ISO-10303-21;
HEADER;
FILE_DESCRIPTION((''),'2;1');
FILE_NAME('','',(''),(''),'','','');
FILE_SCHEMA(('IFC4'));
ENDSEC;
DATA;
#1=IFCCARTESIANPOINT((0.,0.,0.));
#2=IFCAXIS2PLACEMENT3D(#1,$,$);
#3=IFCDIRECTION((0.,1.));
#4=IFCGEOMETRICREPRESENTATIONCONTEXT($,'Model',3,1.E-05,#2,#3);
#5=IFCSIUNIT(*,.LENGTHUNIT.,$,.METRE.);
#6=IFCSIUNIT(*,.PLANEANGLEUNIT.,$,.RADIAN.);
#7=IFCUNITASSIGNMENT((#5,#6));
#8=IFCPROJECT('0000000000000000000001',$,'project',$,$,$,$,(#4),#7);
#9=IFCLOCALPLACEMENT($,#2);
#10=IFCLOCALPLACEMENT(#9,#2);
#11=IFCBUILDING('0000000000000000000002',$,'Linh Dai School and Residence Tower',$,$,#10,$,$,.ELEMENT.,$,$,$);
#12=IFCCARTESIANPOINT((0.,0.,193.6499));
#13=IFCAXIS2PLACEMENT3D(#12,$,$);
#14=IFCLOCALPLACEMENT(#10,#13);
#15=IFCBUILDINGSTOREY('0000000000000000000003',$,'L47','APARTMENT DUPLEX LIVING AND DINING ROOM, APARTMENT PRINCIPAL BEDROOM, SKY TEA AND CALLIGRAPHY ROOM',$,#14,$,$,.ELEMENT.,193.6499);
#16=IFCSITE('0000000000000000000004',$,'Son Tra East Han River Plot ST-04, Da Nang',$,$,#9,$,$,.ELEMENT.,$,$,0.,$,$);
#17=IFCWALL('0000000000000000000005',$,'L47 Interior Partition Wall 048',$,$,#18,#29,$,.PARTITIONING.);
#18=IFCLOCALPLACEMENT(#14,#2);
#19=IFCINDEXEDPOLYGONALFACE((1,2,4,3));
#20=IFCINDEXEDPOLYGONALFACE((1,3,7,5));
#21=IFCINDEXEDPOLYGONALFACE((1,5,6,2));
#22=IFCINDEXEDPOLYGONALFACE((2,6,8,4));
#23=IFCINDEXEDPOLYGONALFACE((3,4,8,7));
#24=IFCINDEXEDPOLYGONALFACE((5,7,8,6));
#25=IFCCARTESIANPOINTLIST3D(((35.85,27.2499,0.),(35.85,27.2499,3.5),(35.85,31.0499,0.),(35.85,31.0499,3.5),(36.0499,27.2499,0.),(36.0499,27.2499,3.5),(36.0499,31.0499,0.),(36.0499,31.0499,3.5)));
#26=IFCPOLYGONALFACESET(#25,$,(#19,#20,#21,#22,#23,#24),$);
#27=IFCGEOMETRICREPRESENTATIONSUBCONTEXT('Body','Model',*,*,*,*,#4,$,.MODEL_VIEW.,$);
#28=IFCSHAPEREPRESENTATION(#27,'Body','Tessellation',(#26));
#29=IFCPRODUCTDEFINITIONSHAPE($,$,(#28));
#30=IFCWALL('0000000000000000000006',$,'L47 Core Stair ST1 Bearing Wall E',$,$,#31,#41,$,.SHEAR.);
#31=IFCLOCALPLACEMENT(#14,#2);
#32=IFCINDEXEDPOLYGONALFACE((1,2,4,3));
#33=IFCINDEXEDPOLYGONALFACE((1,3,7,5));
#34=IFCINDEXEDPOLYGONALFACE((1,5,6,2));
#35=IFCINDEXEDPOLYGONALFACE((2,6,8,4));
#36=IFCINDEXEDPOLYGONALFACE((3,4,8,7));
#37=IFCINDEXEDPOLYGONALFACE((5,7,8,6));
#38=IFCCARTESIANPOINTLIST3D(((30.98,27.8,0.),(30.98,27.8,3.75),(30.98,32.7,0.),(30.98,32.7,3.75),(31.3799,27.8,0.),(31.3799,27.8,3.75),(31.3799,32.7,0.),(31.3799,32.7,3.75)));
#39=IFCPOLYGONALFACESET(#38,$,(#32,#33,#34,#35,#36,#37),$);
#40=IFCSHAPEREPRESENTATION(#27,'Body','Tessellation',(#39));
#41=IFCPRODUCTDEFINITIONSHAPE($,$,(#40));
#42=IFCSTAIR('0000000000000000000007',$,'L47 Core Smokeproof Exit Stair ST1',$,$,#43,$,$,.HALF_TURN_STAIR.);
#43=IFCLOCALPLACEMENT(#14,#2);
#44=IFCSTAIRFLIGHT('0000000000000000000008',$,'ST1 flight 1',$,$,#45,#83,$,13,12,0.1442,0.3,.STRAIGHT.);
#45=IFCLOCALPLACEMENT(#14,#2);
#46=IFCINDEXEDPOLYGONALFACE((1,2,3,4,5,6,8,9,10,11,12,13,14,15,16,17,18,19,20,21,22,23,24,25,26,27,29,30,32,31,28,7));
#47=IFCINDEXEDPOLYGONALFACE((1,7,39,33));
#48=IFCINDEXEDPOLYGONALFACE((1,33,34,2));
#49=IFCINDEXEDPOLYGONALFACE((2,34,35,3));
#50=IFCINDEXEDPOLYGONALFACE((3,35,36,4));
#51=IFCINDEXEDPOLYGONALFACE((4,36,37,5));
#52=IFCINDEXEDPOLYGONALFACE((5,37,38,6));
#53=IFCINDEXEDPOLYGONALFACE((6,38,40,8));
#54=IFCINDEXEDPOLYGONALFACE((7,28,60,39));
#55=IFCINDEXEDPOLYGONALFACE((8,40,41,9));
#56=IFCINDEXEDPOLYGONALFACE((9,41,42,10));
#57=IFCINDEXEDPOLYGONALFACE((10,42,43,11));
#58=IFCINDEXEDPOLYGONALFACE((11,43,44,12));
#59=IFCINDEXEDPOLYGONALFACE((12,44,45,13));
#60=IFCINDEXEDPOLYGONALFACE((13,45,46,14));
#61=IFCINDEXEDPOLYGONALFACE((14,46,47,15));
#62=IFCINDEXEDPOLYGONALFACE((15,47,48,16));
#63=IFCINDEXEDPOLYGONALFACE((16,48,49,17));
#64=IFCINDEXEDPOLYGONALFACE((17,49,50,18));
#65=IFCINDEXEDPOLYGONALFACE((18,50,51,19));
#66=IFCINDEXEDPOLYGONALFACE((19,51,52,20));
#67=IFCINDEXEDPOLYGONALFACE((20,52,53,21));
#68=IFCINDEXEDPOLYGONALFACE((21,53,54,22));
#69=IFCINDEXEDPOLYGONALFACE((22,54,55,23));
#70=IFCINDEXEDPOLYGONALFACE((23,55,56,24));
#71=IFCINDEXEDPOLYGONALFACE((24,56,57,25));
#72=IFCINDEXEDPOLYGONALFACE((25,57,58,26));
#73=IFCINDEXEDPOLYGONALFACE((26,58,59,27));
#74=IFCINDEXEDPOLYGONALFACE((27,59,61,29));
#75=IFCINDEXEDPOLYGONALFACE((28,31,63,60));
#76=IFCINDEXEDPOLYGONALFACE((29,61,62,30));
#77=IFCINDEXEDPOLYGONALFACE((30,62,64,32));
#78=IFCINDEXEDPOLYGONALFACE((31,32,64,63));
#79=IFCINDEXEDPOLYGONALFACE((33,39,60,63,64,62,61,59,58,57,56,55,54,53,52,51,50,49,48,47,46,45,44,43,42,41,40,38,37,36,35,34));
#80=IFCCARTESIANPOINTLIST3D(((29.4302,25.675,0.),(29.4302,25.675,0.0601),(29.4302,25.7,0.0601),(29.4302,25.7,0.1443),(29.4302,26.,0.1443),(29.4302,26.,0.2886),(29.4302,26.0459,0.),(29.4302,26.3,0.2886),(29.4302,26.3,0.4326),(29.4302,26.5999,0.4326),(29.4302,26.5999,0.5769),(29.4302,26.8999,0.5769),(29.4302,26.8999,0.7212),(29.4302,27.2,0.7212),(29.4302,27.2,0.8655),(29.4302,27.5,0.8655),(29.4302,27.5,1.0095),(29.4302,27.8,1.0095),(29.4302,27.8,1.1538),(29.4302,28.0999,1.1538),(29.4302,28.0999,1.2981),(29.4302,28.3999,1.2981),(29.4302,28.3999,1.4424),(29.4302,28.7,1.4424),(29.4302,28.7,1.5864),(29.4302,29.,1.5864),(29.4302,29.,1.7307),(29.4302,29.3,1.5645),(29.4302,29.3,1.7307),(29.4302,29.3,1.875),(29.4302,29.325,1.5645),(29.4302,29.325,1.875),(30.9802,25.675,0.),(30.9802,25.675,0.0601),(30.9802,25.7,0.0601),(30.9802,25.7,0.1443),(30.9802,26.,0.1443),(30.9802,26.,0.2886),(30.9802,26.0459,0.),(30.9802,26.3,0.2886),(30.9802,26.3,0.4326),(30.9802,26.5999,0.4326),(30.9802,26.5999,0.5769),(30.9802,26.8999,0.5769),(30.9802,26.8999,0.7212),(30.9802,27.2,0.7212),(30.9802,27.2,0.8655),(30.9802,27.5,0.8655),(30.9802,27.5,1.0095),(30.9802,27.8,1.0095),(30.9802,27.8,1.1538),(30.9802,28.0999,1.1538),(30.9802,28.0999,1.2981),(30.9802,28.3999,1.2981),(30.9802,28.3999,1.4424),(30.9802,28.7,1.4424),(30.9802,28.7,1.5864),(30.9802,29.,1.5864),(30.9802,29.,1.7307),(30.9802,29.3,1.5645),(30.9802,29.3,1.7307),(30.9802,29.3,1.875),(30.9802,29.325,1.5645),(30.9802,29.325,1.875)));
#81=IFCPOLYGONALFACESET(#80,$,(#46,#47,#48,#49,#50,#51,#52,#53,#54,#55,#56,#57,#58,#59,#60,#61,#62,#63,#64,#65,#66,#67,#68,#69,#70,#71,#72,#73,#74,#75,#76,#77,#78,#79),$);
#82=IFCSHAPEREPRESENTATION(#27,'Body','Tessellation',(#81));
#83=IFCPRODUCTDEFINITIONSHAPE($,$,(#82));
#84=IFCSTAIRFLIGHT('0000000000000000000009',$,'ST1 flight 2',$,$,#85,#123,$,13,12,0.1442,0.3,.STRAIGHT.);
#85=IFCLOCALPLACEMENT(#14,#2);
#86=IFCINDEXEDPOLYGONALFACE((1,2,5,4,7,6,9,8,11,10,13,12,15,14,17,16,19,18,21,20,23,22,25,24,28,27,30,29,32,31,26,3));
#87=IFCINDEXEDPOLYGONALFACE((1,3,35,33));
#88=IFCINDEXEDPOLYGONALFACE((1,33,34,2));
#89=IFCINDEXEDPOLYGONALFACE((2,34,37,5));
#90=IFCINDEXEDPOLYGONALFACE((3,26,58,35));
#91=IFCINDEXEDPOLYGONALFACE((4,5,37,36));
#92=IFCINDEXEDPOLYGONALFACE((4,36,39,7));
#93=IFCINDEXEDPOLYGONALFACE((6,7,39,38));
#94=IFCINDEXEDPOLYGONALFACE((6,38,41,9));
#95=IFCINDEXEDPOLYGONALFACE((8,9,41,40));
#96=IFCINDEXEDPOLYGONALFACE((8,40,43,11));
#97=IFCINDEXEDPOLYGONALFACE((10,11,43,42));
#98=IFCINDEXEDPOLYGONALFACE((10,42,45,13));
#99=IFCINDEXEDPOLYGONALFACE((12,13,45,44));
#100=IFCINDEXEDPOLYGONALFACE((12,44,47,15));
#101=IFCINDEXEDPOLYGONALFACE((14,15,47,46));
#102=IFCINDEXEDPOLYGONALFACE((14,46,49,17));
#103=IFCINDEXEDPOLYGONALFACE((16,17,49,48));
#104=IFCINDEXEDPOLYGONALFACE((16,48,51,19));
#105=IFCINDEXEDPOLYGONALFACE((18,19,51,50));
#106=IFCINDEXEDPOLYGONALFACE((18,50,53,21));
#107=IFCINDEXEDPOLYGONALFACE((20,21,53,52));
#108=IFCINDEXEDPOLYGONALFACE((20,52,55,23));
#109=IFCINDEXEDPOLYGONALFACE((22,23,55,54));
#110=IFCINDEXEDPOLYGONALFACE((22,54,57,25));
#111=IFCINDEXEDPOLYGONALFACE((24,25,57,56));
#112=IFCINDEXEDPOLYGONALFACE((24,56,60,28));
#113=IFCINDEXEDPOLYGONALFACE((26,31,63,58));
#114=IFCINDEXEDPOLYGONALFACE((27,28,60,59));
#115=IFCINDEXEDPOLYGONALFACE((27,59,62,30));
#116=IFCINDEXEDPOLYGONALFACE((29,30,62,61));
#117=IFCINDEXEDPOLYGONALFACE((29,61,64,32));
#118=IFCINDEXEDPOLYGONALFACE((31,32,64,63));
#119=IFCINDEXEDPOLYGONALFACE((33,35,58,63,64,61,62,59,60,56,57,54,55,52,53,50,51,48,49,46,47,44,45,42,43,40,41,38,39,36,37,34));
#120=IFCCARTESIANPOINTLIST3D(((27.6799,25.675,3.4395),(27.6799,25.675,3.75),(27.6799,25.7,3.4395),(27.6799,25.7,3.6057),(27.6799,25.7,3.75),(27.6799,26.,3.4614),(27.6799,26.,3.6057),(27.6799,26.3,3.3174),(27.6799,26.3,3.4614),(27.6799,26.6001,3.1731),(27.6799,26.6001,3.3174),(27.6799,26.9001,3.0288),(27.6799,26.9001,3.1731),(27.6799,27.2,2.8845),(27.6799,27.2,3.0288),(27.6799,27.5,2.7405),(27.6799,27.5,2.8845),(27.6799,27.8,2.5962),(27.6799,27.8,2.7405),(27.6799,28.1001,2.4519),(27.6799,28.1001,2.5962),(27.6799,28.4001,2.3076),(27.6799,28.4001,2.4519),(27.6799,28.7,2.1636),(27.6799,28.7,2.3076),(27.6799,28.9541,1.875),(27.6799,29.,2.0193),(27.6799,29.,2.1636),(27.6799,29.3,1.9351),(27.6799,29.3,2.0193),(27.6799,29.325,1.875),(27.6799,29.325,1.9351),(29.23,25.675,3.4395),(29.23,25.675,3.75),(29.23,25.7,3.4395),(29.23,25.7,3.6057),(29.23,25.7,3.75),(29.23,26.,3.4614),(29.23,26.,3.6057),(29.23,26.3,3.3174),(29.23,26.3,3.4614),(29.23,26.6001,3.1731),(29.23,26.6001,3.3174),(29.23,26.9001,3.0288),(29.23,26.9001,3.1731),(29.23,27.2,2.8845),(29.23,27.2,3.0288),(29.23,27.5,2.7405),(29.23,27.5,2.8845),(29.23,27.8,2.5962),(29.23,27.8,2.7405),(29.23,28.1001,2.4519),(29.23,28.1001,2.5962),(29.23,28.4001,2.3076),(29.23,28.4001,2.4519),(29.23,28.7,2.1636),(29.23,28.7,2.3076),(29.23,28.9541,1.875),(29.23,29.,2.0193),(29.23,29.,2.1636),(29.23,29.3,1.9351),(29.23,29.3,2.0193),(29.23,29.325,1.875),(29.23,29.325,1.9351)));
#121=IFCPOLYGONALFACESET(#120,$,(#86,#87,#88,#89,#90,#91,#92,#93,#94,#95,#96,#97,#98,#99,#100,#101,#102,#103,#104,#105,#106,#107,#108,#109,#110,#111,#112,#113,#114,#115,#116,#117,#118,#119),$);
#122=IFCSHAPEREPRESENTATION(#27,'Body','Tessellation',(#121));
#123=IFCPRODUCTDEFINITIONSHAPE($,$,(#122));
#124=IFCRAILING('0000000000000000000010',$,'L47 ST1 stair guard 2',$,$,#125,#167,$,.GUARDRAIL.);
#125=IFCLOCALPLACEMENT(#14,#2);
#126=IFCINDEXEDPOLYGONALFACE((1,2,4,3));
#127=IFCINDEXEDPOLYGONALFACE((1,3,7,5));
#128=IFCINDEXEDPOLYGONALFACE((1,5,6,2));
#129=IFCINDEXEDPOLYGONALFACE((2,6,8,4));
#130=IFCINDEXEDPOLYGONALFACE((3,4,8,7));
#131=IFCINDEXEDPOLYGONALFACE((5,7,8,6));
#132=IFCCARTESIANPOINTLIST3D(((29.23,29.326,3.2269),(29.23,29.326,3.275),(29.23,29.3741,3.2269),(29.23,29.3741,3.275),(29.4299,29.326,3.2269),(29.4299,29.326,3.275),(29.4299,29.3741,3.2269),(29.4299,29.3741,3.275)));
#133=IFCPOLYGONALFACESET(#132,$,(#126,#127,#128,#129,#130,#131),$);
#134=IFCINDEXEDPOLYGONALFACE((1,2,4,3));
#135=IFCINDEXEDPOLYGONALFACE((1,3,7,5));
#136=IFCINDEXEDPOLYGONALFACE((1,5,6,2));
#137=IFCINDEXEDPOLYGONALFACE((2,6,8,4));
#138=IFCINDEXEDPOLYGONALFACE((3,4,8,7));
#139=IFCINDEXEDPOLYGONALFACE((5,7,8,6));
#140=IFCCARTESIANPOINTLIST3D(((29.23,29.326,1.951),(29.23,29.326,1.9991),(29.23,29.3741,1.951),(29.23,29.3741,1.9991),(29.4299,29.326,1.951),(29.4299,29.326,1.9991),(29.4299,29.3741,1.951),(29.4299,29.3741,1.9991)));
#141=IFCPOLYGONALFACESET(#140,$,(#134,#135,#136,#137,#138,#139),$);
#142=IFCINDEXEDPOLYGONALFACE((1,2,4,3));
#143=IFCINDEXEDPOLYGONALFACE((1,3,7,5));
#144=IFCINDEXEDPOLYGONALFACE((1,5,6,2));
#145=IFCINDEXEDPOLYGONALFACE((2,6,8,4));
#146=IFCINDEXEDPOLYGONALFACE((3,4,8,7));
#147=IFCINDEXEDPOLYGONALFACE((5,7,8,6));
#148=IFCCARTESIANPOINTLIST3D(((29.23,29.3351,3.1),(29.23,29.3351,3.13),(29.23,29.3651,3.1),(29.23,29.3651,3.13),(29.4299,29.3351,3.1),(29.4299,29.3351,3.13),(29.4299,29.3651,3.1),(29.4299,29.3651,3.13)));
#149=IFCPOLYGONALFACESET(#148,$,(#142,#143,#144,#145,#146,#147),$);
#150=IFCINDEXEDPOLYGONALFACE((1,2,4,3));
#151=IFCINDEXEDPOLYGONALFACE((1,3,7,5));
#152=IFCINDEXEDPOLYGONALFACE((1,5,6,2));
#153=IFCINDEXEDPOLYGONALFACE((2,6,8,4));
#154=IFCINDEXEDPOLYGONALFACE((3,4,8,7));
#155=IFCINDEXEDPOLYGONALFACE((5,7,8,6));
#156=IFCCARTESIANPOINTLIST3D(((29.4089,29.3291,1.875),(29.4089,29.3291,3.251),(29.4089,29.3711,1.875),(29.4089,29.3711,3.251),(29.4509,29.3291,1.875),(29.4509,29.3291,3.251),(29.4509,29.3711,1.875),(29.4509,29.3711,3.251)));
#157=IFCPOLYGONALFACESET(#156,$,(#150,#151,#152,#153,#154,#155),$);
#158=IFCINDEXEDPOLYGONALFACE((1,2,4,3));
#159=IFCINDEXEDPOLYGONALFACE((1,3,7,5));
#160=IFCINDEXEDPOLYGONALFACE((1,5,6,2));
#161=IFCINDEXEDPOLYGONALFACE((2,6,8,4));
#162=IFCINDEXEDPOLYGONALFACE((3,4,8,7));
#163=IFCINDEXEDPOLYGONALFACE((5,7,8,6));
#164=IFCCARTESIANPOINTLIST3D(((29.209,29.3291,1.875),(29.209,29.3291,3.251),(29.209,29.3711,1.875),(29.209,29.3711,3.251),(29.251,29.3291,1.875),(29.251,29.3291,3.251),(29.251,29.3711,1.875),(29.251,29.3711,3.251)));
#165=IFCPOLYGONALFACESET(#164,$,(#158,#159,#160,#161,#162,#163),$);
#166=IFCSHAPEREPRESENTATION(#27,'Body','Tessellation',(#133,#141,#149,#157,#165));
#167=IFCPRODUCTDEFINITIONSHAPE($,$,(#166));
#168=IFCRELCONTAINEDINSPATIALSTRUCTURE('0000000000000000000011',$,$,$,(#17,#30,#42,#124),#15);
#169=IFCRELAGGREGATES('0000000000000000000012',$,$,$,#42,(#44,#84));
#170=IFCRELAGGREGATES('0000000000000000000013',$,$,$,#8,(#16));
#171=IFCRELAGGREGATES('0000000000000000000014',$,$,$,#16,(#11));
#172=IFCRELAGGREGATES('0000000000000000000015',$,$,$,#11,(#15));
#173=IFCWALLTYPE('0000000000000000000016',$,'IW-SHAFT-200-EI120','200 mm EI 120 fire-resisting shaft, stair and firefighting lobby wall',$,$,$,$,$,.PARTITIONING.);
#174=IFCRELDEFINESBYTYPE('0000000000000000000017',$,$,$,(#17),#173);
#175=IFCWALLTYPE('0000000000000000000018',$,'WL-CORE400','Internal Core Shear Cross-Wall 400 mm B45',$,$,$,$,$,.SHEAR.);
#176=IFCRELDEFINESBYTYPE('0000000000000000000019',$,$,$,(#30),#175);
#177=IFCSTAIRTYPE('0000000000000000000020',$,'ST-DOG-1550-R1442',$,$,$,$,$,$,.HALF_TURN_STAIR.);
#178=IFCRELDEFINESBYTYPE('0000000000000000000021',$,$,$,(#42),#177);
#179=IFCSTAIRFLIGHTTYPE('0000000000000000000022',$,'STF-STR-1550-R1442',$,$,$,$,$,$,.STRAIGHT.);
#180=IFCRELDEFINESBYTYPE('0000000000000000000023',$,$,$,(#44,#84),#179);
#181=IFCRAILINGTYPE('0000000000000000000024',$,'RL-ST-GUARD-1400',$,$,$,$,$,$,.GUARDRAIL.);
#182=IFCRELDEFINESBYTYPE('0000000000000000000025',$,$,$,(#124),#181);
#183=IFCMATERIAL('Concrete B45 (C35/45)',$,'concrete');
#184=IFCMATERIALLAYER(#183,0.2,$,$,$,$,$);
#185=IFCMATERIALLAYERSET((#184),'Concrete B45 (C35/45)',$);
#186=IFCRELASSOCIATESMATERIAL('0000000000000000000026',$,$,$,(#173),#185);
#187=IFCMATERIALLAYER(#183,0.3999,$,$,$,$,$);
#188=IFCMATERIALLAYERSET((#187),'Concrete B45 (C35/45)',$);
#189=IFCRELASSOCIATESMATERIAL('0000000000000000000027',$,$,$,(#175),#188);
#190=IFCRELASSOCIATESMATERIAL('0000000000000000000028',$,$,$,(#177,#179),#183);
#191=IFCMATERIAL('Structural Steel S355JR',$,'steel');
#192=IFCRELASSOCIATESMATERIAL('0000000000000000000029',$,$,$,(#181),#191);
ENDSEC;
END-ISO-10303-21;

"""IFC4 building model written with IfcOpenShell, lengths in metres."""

from ifc_helpers import new_model, si_unit, direction, frame, frame_2d, origin, origin_2d, place, context, subcontext, project, spatial, polyline, rectangle, outline, extrude, source, transform, mapped, material, layer, layer_set, type_object, element, aggregate, save


model = new_model("IFC4")

# Units and contexts
model_context = context("Model", 3, precision=1e-05, world=origin(), true_north=direction((0.0, 1.0)))
body_context = subcontext(model_context, "Body", "Model", "MODEL_VIEW")
ifc_project = project(units=[si_unit("LENGTHUNIT", "METRE"), si_unit("PLANEANGLEUNIT", "RADIAN")], contexts=[model_context])

# Site, building, storey
site_placement = place(None, origin())
site = spatial("IfcSite", under=ifc_project, at=site_placement, Name="Son Tra East Han River Plot ST-04, Da Nang", CompositionType="ELEMENT", RefElevation=0.0)
building_placement = place(site_placement, origin())
building = spatial("IfcBuilding", under=site, at=building_placement, Name="Linh Dai School and Residence Tower", CompositionType="ELEMENT")
storey_placement = place(building_placement, frame((0.0, 0.0, 193.6499)))
storey = spatial("IfcBuildingStorey", under=building, at=storey_placement, Name="L47", Description="APARTMENT DUPLEX LIVING AND DINING ROOM, APARTMENT PRINCIPAL BEDROOM, SKY TEA AND CALLIGRAPHY ROOM", CompositionType="ELEMENT", Elevation=193.6499)

# Shared definitions
ifc_material_1 = material(Name="Structural Steel S355JR", Category="steel")

# Shared definitions
ifc_material_2 = material(Name="Concrete B45 (C35/45)", Category="concrete")
ifc_layer_1 = layer(ifc_material_2, 0.2)
ifc_layer_set_1 = layer_set([ifc_layer_1], Name="Concrete B45 (C35/45)")
wall_type_1 = type_object("IfcWallType", Name="IW-SHAFT-200-EI120", Description="200 mm EI 120 fire-resisting shaft, stair and firefighting lobby wall", PredefinedType="PARTITIONING", material=ifc_layer_set_1)

# Wall
wall_1_placement = place(storey_placement, frame((35.95, 27.25, 0.0), z_axis=(0.0, 0.0, 1.0), x_axis=(0.0, 1.0, 0.0)))
element("IfcWall", 1, at=wall_1_placement, inside=storey, type_object=wall_type_1, Name="L47 Interior Partition Wall 048", PredefinedType="PARTITIONING", context=body_context, shape_type="SweptSolid", body=[
    extrude(rectangle(XDim=3.8, YDim=0.2, at=frame_2d((1.8999, 0.0))), origin(), (0.0, 0.0, 1.0), 3.5),
])

# Wall
ifc_layer_2 = layer(ifc_material_2, 0.3999)
ifc_layer_set_2 = layer_set([ifc_layer_2], Name="Concrete B45 (C35/45)")
wall_type_2 = type_object("IfcWallType", Name="WL-CORE400", Description="Internal Core Shear Cross-Wall 400 mm B45", PredefinedType="SHEAR", material=ifc_layer_set_2)
wall_2_placement = place(storey_placement, frame((31.1799, 27.8, 0.0), z_axis=(0.0, 0.0, 1.0), x_axis=(0.0, 1.0, 0.0)))
element("IfcWall", 2, at=wall_2_placement, inside=storey, type_object=wall_type_2, Name="L47 Core Stair ST1 Bearing Wall E", PredefinedType="SHEAR", context=body_context, shape_type="SweptSolid", body=[
    extrude(rectangle(XDim=4.8999, YDim=0.3999, at=frame_2d((2.45, 0.0))), origin(), (0.0, 0.0, 1.0), 3.75),
])

# Stair, stair flights
stair_type = type_object("IfcStairType", Name="ST-DOG-1550-R1442", PredefinedType="HALF_TURN_STAIR", material=ifc_material_2)
stair_placement = place(storey_placement, origin())
stair = element("IfcStair", 3, at=stair_placement, inside=storey, type_object=stair_type, Name="L47 Core Smokeproof Exit Stair ST1", PredefinedType="HALF_TURN_STAIR")
stair_flight_type = type_object("IfcStairFlightType", Name="STF-STR-1550-R1442", PredefinedType="STRAIGHT", material=ifc_material_2)
shared_shape_1 = source(origin(), body_context, "Body", "SweptSolid", [
    extrude(outline(polyline([(-0.0249, 0.0), (-0.0249, 0.0601), (0.0, 0.0601), (0.0, 0.1443), (0.3, 0.1443), (0.3, 0.2886), (0.6001, 0.2886), (0.6001, 0.4326), (0.8999, 0.4326), (0.8999, 0.5769), (1.2, 0.5769), (1.2, 0.7212), (1.5, 0.7212), (1.5, 0.8655), (1.8, 0.8655), (1.8, 1.0095), (2.1001, 1.0095), (2.1001, 1.1538), (2.3999, 1.1538), (2.3999, 1.2981), (2.7, 1.2981), (2.7, 1.4424), (3.0, 1.4424), (3.0, 1.5864), (3.3, 1.5864), (3.3, 1.7307), (3.6001, 1.7307), (3.6001, 1.875), (3.625, 1.875), (3.625, 1.5645), (3.6001, 1.5645), (0.3459, 0.0), (-0.0249, 0.0)])), frame((0.0, 0.7749, 0.0), z_axis=(0.0, -1.0, 0.0), x_axis=(1.0, 0.0, 0.0)), (0.0, 0.0, 1.0), 1.55),
])
stair_flight_1_placement = place(storey_placement, frame((30.2051, 25.7, 0.0), z_axis=(0.0, 0.0, 1.0), x_axis=(0.0, 1.0, 0.0)))
stair_flight_1 = element("IfcStairFlight", 4, at=stair_flight_1_placement, type_object=stair_flight_type, Name="ST1 flight 1", NumberOfRisers=13, NumberOfTreads=12, PredefinedType="STRAIGHT", RiserHeight=0.1442, TreadLength=0.3, context=body_context, shape_type="MappedRepresentation", body=[
    mapped(shared_shape_1, transform((0.0, 0.0, 0.0), x_axis=(1.0, 0.0, 0.0), y_axis=(0.0, 1.0, 0.0), z_axis=(0.0, 0.0, 1.0), scale=1.0)),
])
stair_flight_2_placement = place(storey_placement, frame((28.4551, 29.3, 1.875), z_axis=(0.0, 0.0, 1.0), x_axis=(0.0, -1.0, 0.0)))
stair_flight_2 = element("IfcStairFlight", 5, at=stair_flight_2_placement, type_object=stair_flight_type, Name="ST1 flight 2", NumberOfRisers=13, NumberOfTreads=12, PredefinedType="STRAIGHT", RiserHeight=0.1442, TreadLength=0.3, context=body_context, shape_type="MappedRepresentation", body=[
    mapped(shared_shape_1, transform((0.0, 0.0, 0.0), x_axis=(1.0, 0.0, 0.0), y_axis=(0.0, 1.0, 0.0), z_axis=(0.0, 0.0, 1.0), scale=1.0)),
])
aggregate(stair, [stair_flight_1, stair_flight_2])

# Railing
railing_type_1 = type_object("IfcRailingType", Name="RL-ST-GUARD-1400", PredefinedType="GUARDRAIL", material=ifc_material_1)
shared_shape_2 = source(origin(), body_context, "Body", "SweptSolid", [
    extrude(rectangle(XDim=0.0481, YDim=0.0481, at=origin_2d()), frame((0.0, 0.0, 1.376), z_axis=(-1.0, 0.0, 0.0), x_axis=(0.0, -1.0, 0.0)), (0.0, 0.0, 1.0), 0.2),
    extrude(rectangle(XDim=0.0481, YDim=0.0481, at=origin_2d()), frame((0.0, 0.0, 0.1001), z_axis=(-1.0, 0.0, 0.0), x_axis=(0.0, -1.0, 0.0)), (0.0, 0.0, 1.0), 0.2),
    extrude(rectangle(XDim=0.03, YDim=0.03, at=origin_2d()), frame((0.0, 0.0, 1.24), z_axis=(-1.0, 0.0, 0.0), x_axis=(0.0, -1.0, 0.0)), (0.0, 0.0, 1.0), 0.2),
    extrude(rectangle(XDim=0.042, YDim=0.042, at=origin_2d()), origin(), (0.0, 0.0, 1.0), 1.376),
    extrude(rectangle(XDim=0.042, YDim=0.042, at=origin_2d()), frame((-0.2, 0.0, 0.0)), (0.0, 0.0, 1.0), 1.376),
])
for number, where, name in (
    (6, (29.4299, 29.3501, 1.875), "L47 ST1 stair guard 2"),
):
    element("IfcRailing", number, at=place(storey_placement, frame(where)), inside=storey, type_object=railing_type_1, Name=name, PredefinedType="GUARDRAIL", context=body_context, shape_type="MappedRepresentation", body=[
        mapped(shared_shape_2, transform((0.0, 0.0, 0.0), x_axis=(1.0, 0.0, 0.0), y_axis=(0.0, 1.0, 0.0), z_axis=(0.0, 0.0, 1.0), scale=1.0)),
    ])

save(model, "model.ifc")
